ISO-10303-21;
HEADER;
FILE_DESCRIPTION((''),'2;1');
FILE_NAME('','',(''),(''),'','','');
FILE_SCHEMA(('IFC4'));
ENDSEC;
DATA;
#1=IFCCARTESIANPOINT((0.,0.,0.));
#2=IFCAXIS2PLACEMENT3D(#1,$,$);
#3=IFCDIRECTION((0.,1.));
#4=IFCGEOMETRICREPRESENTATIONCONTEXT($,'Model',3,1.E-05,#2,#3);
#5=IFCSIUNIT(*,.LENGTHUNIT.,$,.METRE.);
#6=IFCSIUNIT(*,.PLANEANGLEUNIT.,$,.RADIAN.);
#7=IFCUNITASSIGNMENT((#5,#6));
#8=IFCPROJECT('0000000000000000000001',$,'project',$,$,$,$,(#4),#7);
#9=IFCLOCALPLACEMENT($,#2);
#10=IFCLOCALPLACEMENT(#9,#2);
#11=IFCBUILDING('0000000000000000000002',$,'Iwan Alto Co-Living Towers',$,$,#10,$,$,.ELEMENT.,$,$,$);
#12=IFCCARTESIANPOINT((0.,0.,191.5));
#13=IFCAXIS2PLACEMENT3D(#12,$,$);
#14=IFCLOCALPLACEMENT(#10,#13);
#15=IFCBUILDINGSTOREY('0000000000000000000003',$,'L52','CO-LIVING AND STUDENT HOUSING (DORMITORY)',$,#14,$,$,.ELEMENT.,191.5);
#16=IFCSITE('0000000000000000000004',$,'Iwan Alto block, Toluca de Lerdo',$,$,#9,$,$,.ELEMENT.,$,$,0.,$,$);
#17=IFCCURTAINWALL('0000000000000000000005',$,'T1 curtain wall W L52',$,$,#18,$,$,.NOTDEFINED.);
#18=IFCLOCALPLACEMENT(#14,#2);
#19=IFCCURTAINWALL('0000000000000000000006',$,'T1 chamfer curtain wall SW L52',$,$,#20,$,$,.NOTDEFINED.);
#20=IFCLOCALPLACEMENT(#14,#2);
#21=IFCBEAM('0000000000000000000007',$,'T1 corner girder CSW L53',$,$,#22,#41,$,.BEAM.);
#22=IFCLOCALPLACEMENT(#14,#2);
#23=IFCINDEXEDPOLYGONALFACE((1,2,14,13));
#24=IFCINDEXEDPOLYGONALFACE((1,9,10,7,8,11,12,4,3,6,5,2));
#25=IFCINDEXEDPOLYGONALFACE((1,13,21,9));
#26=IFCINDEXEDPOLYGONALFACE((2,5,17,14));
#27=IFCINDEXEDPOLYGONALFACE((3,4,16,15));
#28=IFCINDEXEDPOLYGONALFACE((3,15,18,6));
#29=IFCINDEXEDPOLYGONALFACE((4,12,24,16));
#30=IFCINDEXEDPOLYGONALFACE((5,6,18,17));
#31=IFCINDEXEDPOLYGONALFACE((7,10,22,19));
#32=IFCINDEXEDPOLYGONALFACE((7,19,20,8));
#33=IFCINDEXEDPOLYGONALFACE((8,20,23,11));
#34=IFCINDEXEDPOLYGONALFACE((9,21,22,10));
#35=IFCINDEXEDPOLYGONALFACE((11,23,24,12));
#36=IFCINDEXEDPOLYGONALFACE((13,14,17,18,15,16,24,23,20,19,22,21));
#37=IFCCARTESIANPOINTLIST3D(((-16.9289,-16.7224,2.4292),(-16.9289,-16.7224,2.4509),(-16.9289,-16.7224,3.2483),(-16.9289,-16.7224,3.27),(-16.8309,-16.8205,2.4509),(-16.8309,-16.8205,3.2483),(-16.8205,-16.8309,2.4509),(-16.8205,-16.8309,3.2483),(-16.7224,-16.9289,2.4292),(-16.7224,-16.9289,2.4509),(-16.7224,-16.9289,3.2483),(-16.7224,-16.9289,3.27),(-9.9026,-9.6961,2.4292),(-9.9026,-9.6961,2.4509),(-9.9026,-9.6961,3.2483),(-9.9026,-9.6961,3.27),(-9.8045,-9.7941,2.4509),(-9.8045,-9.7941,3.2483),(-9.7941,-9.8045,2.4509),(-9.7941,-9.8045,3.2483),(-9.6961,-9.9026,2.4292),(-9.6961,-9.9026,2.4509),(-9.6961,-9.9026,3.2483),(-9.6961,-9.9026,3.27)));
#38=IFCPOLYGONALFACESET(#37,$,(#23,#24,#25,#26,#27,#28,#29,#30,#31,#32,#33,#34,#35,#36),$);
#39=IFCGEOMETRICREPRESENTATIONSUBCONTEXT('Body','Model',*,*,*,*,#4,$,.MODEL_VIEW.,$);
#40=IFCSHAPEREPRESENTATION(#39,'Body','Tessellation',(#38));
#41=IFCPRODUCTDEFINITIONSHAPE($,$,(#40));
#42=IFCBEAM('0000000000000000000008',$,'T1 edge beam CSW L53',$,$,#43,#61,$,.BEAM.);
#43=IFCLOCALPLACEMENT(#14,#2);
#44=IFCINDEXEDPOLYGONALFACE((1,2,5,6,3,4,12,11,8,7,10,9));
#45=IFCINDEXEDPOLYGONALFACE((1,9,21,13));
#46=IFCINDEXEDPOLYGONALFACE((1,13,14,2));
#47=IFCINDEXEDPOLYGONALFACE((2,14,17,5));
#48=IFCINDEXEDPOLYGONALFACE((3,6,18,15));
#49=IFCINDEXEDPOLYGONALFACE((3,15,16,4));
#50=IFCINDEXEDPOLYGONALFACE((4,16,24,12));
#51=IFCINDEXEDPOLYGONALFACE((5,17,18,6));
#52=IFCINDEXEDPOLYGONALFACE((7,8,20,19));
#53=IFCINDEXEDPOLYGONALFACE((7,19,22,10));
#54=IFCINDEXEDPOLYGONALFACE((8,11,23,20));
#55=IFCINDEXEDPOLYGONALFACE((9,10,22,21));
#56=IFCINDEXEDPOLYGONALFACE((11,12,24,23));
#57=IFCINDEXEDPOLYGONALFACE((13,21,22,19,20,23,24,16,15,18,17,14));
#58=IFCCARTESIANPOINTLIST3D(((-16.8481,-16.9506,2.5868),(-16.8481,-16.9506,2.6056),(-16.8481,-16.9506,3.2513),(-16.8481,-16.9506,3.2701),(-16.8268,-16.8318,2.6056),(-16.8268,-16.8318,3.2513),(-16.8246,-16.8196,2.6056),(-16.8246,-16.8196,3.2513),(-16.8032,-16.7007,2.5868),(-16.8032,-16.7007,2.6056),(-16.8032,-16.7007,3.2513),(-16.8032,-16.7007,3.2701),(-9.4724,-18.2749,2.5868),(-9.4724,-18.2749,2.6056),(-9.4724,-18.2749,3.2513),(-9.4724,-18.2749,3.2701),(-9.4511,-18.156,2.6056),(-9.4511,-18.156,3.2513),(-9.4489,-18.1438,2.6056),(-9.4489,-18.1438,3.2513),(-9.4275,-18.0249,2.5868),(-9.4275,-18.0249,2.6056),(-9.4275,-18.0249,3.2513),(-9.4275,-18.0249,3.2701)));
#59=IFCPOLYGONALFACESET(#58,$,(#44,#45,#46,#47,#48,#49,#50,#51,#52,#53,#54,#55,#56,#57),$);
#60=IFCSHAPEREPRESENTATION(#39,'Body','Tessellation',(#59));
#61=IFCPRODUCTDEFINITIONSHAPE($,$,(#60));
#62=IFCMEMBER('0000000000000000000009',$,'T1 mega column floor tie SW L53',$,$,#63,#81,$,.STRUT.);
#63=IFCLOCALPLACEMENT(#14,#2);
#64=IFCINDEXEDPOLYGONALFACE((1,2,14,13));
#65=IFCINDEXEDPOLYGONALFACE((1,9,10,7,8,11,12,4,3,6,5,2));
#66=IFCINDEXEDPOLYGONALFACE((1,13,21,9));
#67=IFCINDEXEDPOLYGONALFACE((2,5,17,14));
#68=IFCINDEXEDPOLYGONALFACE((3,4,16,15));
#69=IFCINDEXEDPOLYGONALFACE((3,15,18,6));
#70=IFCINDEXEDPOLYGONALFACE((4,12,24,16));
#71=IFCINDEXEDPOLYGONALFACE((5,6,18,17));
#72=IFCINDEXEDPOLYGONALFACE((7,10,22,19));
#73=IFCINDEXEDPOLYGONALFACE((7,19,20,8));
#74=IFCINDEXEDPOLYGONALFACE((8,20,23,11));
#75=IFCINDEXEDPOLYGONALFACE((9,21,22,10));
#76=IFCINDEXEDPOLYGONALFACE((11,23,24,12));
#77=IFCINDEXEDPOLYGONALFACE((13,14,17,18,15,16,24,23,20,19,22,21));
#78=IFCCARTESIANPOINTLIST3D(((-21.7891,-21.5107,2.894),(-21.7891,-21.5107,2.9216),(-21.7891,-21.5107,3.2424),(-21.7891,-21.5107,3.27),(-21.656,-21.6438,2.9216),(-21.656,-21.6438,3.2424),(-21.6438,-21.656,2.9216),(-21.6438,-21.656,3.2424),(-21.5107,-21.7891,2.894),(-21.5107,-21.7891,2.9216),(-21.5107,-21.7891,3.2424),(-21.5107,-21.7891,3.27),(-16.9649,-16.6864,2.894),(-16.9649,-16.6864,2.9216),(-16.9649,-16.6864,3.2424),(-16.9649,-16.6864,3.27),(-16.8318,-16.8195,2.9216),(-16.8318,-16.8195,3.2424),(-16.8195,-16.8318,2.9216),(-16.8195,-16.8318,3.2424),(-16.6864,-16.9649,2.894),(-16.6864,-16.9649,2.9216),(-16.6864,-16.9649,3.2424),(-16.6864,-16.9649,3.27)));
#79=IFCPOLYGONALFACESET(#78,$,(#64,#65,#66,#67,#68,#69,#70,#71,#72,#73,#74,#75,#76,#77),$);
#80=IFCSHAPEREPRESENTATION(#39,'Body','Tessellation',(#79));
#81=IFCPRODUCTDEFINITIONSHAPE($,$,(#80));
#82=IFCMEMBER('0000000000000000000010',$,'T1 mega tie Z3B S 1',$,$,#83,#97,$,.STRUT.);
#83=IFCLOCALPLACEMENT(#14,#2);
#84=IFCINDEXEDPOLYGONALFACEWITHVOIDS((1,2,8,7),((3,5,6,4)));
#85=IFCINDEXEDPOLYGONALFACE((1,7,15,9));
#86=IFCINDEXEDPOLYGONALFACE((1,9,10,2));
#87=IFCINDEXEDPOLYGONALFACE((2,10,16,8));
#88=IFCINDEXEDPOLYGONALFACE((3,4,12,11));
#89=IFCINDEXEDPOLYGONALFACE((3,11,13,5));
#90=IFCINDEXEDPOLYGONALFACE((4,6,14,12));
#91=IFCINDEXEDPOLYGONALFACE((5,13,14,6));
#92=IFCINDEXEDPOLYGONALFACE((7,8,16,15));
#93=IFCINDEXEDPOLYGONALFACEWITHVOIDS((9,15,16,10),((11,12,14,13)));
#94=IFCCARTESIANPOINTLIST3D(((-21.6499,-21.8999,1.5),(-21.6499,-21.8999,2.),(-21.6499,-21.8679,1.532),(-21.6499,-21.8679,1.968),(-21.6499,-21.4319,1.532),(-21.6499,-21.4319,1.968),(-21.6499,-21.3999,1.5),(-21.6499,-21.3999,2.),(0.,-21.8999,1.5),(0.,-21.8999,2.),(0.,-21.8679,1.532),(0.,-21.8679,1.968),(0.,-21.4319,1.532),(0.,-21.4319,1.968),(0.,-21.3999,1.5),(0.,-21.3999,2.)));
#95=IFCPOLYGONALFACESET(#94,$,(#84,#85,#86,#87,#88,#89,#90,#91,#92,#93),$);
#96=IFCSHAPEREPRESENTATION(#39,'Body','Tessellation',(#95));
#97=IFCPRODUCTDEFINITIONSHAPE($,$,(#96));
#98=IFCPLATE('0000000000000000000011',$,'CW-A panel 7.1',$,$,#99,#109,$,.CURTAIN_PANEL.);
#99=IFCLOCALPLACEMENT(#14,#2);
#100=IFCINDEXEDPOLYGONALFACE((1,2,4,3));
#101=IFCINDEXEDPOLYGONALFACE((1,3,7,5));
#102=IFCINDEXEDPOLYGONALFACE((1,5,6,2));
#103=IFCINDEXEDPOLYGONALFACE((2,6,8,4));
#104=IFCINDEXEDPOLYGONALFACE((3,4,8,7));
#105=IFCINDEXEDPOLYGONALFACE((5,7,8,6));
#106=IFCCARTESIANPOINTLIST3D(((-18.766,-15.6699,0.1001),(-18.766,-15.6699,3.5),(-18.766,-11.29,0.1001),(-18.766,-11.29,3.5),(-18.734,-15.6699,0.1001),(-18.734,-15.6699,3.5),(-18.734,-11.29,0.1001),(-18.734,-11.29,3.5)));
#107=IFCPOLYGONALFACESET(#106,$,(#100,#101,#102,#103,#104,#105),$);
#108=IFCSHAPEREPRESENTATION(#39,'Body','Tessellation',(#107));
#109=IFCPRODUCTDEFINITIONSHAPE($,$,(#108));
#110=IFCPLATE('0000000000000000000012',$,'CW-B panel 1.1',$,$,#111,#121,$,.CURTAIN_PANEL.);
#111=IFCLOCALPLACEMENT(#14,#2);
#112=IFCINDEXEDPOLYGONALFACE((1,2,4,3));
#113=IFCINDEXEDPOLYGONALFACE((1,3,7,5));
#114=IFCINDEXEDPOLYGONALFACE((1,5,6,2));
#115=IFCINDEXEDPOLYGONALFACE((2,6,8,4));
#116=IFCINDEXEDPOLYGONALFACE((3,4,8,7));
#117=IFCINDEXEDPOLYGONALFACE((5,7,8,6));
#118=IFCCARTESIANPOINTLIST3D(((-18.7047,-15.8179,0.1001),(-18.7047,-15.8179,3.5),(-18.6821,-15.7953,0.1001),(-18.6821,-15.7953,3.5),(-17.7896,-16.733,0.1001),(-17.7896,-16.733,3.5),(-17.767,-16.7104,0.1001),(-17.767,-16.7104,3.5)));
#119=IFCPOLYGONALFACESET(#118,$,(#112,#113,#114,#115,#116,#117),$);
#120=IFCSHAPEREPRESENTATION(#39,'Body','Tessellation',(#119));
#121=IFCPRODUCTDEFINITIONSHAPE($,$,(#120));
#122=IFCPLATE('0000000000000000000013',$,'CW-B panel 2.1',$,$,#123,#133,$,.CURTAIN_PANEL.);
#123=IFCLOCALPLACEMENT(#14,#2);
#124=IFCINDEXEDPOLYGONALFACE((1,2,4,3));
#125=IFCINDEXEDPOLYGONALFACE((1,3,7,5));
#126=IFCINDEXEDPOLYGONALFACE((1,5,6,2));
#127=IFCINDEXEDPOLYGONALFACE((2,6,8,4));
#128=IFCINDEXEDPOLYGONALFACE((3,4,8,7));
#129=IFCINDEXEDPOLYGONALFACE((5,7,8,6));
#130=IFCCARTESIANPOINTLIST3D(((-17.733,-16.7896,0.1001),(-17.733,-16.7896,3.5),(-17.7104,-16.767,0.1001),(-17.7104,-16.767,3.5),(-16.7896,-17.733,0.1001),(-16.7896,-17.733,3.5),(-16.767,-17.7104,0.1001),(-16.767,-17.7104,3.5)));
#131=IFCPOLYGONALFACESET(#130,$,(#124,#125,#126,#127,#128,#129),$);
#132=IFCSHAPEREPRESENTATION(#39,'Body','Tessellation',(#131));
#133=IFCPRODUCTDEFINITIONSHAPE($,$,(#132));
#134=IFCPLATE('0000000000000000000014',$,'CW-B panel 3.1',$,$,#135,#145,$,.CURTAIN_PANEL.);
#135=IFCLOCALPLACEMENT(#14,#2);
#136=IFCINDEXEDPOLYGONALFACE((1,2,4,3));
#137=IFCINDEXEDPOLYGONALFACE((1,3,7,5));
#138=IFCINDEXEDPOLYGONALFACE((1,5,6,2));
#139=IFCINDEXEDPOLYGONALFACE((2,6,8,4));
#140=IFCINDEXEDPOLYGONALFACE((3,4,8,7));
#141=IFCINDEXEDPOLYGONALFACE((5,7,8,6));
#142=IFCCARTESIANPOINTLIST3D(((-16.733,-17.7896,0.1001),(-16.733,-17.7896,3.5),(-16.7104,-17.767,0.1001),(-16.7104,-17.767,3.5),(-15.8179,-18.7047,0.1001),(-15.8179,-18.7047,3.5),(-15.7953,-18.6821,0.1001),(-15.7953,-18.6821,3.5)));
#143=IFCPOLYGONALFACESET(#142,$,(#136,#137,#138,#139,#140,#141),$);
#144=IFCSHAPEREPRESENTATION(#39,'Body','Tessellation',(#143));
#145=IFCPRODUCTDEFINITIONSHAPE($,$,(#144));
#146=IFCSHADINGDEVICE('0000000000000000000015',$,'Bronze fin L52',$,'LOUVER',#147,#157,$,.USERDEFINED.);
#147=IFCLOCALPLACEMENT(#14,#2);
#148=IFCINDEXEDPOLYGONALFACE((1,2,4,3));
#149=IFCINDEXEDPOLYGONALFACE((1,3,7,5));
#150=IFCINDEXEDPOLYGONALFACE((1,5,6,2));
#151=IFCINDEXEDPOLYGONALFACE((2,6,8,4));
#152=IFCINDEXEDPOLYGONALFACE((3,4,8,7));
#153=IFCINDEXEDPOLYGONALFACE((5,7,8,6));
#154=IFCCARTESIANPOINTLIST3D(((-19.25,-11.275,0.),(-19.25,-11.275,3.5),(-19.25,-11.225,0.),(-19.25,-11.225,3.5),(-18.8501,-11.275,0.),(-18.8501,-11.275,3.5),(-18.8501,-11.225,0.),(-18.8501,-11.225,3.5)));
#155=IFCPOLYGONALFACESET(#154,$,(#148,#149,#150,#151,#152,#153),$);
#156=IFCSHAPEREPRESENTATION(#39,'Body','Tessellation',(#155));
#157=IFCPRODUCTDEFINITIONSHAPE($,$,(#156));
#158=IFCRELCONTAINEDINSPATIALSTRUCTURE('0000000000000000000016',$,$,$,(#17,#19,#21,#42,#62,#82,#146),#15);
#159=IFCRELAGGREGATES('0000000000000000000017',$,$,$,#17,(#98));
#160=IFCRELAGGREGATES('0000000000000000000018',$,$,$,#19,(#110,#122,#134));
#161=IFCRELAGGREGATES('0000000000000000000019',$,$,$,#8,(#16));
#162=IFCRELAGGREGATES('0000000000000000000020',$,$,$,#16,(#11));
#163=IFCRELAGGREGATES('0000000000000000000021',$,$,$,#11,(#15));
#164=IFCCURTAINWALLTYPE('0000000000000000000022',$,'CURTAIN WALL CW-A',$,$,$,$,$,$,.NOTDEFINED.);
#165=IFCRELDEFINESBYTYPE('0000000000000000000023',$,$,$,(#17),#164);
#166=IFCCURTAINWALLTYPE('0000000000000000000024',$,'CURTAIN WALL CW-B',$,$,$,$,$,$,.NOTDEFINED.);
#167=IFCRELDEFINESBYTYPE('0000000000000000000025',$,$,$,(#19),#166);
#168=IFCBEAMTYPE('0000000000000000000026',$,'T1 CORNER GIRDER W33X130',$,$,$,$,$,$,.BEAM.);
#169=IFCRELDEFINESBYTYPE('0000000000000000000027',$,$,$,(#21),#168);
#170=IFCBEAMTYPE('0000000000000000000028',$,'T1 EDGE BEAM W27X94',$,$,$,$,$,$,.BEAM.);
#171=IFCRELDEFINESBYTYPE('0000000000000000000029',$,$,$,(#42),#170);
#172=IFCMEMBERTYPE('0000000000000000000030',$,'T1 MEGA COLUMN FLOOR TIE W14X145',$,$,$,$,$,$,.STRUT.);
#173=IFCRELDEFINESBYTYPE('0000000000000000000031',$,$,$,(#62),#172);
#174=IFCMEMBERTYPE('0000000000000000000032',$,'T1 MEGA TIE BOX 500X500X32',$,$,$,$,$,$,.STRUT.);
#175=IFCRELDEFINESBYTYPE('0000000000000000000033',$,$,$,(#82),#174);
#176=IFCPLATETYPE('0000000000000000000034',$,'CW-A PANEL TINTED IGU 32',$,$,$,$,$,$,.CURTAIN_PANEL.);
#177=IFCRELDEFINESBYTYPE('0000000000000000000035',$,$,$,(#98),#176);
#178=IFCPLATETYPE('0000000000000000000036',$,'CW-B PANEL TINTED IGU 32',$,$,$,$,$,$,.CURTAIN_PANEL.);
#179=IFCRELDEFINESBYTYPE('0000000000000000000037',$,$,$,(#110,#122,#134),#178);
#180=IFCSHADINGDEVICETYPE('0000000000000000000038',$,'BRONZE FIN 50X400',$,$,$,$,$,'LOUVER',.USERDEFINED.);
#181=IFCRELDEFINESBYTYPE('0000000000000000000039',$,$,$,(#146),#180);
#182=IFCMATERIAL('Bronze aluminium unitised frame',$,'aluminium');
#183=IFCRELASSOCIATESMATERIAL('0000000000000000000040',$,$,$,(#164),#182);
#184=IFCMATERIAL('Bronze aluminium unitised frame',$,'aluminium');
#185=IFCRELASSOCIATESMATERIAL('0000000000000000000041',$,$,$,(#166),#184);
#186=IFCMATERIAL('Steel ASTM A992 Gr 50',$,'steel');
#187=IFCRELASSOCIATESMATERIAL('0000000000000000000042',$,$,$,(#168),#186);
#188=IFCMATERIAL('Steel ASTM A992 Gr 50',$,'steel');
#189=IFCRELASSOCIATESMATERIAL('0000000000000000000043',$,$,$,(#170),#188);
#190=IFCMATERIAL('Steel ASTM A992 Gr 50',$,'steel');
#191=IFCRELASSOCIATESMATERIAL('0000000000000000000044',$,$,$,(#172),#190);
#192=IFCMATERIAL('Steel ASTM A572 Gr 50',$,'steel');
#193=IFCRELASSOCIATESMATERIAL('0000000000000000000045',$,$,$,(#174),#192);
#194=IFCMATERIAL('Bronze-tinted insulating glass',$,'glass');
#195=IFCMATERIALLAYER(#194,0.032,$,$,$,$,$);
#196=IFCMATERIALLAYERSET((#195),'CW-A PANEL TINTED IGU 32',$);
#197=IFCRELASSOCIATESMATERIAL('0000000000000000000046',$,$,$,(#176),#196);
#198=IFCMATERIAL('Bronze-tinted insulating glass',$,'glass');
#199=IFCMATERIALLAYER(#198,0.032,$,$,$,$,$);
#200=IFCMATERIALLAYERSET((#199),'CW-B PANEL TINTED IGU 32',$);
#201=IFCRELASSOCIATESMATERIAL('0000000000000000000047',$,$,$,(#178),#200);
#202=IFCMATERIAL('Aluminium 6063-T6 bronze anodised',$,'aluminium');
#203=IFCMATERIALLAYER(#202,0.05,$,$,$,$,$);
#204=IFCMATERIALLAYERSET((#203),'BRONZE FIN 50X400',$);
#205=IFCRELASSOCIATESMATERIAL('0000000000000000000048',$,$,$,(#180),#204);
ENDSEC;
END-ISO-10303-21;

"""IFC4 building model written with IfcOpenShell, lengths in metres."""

from ifc_helpers import new_model, si_unit, direction, frame, origin, origin_2d, place, context, subcontext, project, spatial, rectangle, hollow_rectangle, i_section, extrude, material, layer, layer_set, material_profile, profile_set, type_object, element, aggregate, save


model = new_model("IFC4")

# Units and contexts
model_context = context("Model", 3, precision=1e-05, world=origin(), true_north=direction((0.0, 1.0)))
body_context = subcontext(model_context, "Body", "Model", "MODEL_VIEW")
ifc_project = project(units=[si_unit("LENGTHUNIT", "METRE"), si_unit("PLANEANGLEUNIT", "RADIAN")], contexts=[model_context])

# Site, building, storey
site_placement = place(None, origin())
site = spatial("IfcSite", under=ifc_project, at=site_placement, Name="Iwan Alto block, Toluca de Lerdo", CompositionType="ELEMENT", RefElevation=0.0)
building_placement = place(site_placement, origin())
building = spatial("IfcBuilding", under=site, at=building_placement, Name="Iwan Alto Co-Living Towers", CompositionType="ELEMENT")
storey_placement = place(building_placement, frame((0.0, 0.0, 191.5)))
storey = spatial("IfcBuildingStorey", under=building, at=storey_placement, Name="L52", Description="CO-LIVING AND STUDENT HOUSING (DORMITORY)", CompositionType="ELEMENT", Elevation=191.5)

# Curtain walls
ifc_material_1 = material(Name="Bronze aluminium unitised frame", Category="aluminium")
curtain_wall_type_1 = type_object("IfcCurtainWallType", Name="CURTAIN WALL CW-A", PredefinedType="NOTDEFINED", material=ifc_material_1)
curtain_wall_1_placement = place(storey_placement, origin())
curtain_wall_1 = element("IfcCurtainWall", 1, at=curtain_wall_1_placement, inside=storey, type_object=curtain_wall_type_1, Name="T1 curtain wall W L52", PredefinedType="NOTDEFINED")
ifc_material_2 = material(Name="Bronze aluminium unitised frame", Category="aluminium")
curtain_wall_type_2 = type_object("IfcCurtainWallType", Name="CURTAIN WALL CW-B", PredefinedType="NOTDEFINED", material=ifc_material_2)
curtain_wall_2_placement = place(storey_placement, origin())
curtain_wall_2 = element("IfcCurtainWall", 2, at=curtain_wall_2_placement, inside=storey, type_object=curtain_wall_type_2, Name="T1 chamfer curtain wall SW L52", PredefinedType="NOTDEFINED")

# Beams
ifc_material_3 = material(Name="Steel ASTM A992 Gr 50", Category="steel")
ifc_material_profile_1 = material_profile(ifc_material_3, i_section(OverallWidth=0.292, OverallDepth=0.8408, WebThickness=0.0146, FlangeThickness=0.0217, at=origin_2d()), Name="W33X130")
ifc_profile_set_1 = profile_set([ifc_material_profile_1], Name="Steel ASTM A992 Gr 50")
beam_type_1 = type_object("IfcBeamType", Name="T1 CORNER GIRDER W33X130", PredefinedType="BEAM", material=ifc_profile_set_1)
beam_1_placement = place(storey_placement, frame((-16.8257, -16.8257, 2.8496), z_axis=(0.707107, 0.707107, 0.0), x_axis=(-0.707107, 0.707107, 0.0)))
element("IfcBeam", 3, at=beam_1_placement, inside=storey, type_object=beam_type_1, Name="T1 corner girder CSW L53", PredefinedType="BEAM", context=body_context, shape_type="SweptSolid", body=[
    extrude(i_section(OverallWidth=0.292, OverallDepth=0.8408, WebThickness=0.0146, FlangeThickness=0.0217, at=origin_2d()), origin(), (0.0, 0.0, 1.0), 9.9368),
])
ifc_material_4 = material(Name="Steel ASTM A992 Gr 50", Category="steel")
ifc_material_profile_2 = material_profile(ifc_material_4, i_section(OverallWidth=0.2539, OverallDepth=0.6833, WebThickness=0.0125, FlangeThickness=0.0188, at=origin_2d()), Name="W27X94")
ifc_profile_set_2 = profile_set([ifc_material_profile_2], Name="Steel ASTM A992 Gr 50")
beam_type_2 = type_object("IfcBeamType", Name="T1 EDGE BEAM W27X94", PredefinedType="BEAM", material=ifc_profile_set_2)
beam_2_placement = place(storey_placement, frame((-16.8257, -16.8257, 2.9285), z_axis=(0.984263, -0.176712, 0.0), x_axis=(0.176712, 0.984263, 0.0)))
element("IfcBeam", 4, at=beam_2_placement, inside=storey, type_object=beam_type_2, Name="T1 edge beam CSW L53", PredefinedType="BEAM", context=body_context, shape_type="SweptSolid", body=[
    extrude(i_section(OverallWidth=0.2539, OverallDepth=0.6833, WebThickness=0.0125, FlangeThickness=0.0188, at=origin_2d()), origin(), (0.0, 0.0, 1.0), 7.4937),
])

# Members
ifc_material_5 = material(Name="Steel ASTM A992 Gr 50", Category="steel")
ifc_material_profile_3 = material_profile(ifc_material_5, i_section(OverallWidth=0.3938, OverallDepth=0.376, WebThickness=0.0173, FlangeThickness=0.0276, at=origin_2d()), Name="W14X145")
ifc_profile_set_3 = profile_set([ifc_material_profile_3], Name="Steel ASTM A992 Gr 50")
member_type_1 = type_object("IfcMemberType", Name="T1 MEGA COLUMN FLOOR TIE W14X145", PredefinedType="STRUT", material=ifc_profile_set_3)
member_1_placement = place(storey_placement, frame((-21.6499, -21.6499, 3.082), z_axis=(0.707107, 0.707107, 0.0), x_axis=(-0.707107, 0.707107, 0.0)))
element("IfcMember", 5, at=member_1_placement, inside=storey, type_object=member_type_1, Name="T1 mega column floor tie SW L53", PredefinedType="STRUT", context=body_context, shape_type="SweptSolid", body=[
    extrude(i_section(OverallWidth=0.3938, OverallDepth=0.376, WebThickness=0.0173, FlangeThickness=0.0276, at=origin_2d()), origin(), (0.0, 0.0, 1.0), 6.8225),
])
ifc_material_6 = material(Name="Steel ASTM A572 Gr 50", Category="steel")
ifc_material_profile_4 = material_profile(ifc_material_6, hollow_rectangle(XDim=0.5, YDim=0.5, WallThickness=0.032, at=origin_2d()), Name="BOX 500X500X32")
ifc_profile_set_4 = profile_set([ifc_material_profile_4], Name="Steel ASTM A572 Gr 50")
member_type_2 = type_object("IfcMemberType", Name="T1 MEGA TIE BOX 500X500X32", PredefinedType="STRUT", material=ifc_profile_set_4)
member_2_placement = place(storey_placement, frame((-21.6499, -21.6499, 1.75), z_axis=(1.0, 0.0, 0.0), x_axis=(0.0, 1.0, 0.0)))
element("IfcMember", 6, at=member_2_placement, inside=storey, type_object=member_type_2, Name="T1 mega tie Z3B S 1", PredefinedType="STRUT", context=body_context, shape_type="SweptSolid", body=[
    extrude(hollow_rectangle(XDim=0.5, YDim=0.5, WallThickness=0.032, at=origin_2d()), origin(), (0.0, 0.0, 1.0), 21.6499),
])

# Plates
ifc_material_7 = material(Name="Bronze-tinted insulating glass", Category="glass")
ifc_layer_1 = layer(ifc_material_7, 0.032)
ifc_layer_set_1 = layer_set([ifc_layer_1], Name="CW-A PANEL TINTED IGU 32")
plate_type_1 = type_object("IfcPlateType", Name="CW-A PANEL TINTED IGU 32", PredefinedType="CURTAIN_PANEL", material=ifc_layer_set_1)
plate_1_placement = place(storey_placement, frame((-18.75, -13.48, 0.1001), z_axis=(0.0, 0.0, 1.0), x_axis=(0.0, -1.0, 0.0)))
plate_1 = element("IfcPlate", 7, at=plate_1_placement, type_object=plate_type_1, Name="CW-A panel 7.1", PredefinedType="CURTAIN_PANEL", context=body_context, shape_type="SweptSolid", body=[
    extrude(rectangle(XDim=4.3799, YDim=0.032, at=origin_2d()), origin(), (0.0, 0.0, 1.0), 3.3999),
])
aggregate(curtain_wall_1, [plate_1])
ifc_material_8 = material(Name="Bronze-tinted insulating glass", Category="glass")
ifc_layer_2 = layer(ifc_material_8, 0.032)
ifc_layer_set_2 = layer_set([ifc_layer_2], Name="CW-B PANEL TINTED IGU 32")
plate_type_2 = type_object("IfcPlateType", Name="CW-B PANEL TINTED IGU 32", PredefinedType="CURTAIN_PANEL", material=ifc_layer_set_2)
plate_2_placement = place(storey_placement, frame((-18.2358, -16.2642, 0.1001), z_axis=(0.0, 0.0, 1.0), x_axis=(0.707107, -0.707107, 0.0)))
plate_2 = element("IfcPlate", 8, at=plate_2_placement, type_object=plate_type_2, Name="CW-B panel 1.1", PredefinedType="CURTAIN_PANEL", context=body_context, shape_type="SweptSolid", body=[
    extrude(rectangle(XDim=1.2942, YDim=0.032, at=origin_2d()), origin(), (0.0, 0.0, 1.0), 3.3999),
])
plate_3_placement = place(storey_placement, frame((-17.25, -17.25, 0.1001), z_axis=(0.0, 0.0, 1.0), x_axis=(0.707107, -0.707107, 0.0)))
plate_3 = element("IfcPlate", 9, at=plate_3_placement, type_object=plate_type_2, Name="CW-B panel 2.1", PredefinedType="CURTAIN_PANEL", context=body_context, shape_type="SweptSolid", body=[
    extrude(rectangle(XDim=1.3342, YDim=0.032, at=origin_2d()), origin(), (0.0, 0.0, 1.0), 3.3999),
])
plate_4_placement = place(storey_placement, frame((-16.2642, -18.2358, 0.1001), z_axis=(0.0, 0.0, 1.0), x_axis=(0.707107, -0.707107, 0.0)))
plate_4 = element("IfcPlate", 10, at=plate_4_placement, type_object=plate_type_2, Name="CW-B panel 3.1", PredefinedType="CURTAIN_PANEL", context=body_context, shape_type="SweptSolid", body=[
    extrude(rectangle(XDim=1.2942, YDim=0.032, at=origin_2d()), origin(), (0.0, 0.0, 1.0), 3.3999),
])
aggregate(curtain_wall_2, [plate_2, plate_3, plate_4])

# Shading device
ifc_material_9 = material(Name="Aluminium 6063-T6 bronze anodised", Category="aluminium")
ifc_layer_3 = layer(ifc_material_9, 0.05)
ifc_layer_set_3 = layer_set([ifc_layer_3], Name="BRONZE FIN 50X400")
shading_device_type = type_object("IfcShadingDeviceType", Name="BRONZE FIN 50X400", ElementType="LOUVER", PredefinedType="USERDEFINED", material=ifc_layer_set_3)
shading_device_placement = place(storey_placement, frame((-19.05, -11.25, 0.0), z_axis=(0.0, 0.0, 1.0), x_axis=(0.0, -1.0, 0.0)))
element("IfcShadingDevice", 11, at=shading_device_placement, inside=storey, type_object=shading_device_type, Name="Bronze fin L52", ObjectType="LOUVER", PredefinedType="USERDEFINED", context=body_context, shape_type="SweptSolid", body=[
    extrude(rectangle(XDim=0.05, YDim=0.3999, at=origin_2d()), origin(), (0.0, 0.0, 1.0), 3.5),
])

save(model, "model.ifc")
